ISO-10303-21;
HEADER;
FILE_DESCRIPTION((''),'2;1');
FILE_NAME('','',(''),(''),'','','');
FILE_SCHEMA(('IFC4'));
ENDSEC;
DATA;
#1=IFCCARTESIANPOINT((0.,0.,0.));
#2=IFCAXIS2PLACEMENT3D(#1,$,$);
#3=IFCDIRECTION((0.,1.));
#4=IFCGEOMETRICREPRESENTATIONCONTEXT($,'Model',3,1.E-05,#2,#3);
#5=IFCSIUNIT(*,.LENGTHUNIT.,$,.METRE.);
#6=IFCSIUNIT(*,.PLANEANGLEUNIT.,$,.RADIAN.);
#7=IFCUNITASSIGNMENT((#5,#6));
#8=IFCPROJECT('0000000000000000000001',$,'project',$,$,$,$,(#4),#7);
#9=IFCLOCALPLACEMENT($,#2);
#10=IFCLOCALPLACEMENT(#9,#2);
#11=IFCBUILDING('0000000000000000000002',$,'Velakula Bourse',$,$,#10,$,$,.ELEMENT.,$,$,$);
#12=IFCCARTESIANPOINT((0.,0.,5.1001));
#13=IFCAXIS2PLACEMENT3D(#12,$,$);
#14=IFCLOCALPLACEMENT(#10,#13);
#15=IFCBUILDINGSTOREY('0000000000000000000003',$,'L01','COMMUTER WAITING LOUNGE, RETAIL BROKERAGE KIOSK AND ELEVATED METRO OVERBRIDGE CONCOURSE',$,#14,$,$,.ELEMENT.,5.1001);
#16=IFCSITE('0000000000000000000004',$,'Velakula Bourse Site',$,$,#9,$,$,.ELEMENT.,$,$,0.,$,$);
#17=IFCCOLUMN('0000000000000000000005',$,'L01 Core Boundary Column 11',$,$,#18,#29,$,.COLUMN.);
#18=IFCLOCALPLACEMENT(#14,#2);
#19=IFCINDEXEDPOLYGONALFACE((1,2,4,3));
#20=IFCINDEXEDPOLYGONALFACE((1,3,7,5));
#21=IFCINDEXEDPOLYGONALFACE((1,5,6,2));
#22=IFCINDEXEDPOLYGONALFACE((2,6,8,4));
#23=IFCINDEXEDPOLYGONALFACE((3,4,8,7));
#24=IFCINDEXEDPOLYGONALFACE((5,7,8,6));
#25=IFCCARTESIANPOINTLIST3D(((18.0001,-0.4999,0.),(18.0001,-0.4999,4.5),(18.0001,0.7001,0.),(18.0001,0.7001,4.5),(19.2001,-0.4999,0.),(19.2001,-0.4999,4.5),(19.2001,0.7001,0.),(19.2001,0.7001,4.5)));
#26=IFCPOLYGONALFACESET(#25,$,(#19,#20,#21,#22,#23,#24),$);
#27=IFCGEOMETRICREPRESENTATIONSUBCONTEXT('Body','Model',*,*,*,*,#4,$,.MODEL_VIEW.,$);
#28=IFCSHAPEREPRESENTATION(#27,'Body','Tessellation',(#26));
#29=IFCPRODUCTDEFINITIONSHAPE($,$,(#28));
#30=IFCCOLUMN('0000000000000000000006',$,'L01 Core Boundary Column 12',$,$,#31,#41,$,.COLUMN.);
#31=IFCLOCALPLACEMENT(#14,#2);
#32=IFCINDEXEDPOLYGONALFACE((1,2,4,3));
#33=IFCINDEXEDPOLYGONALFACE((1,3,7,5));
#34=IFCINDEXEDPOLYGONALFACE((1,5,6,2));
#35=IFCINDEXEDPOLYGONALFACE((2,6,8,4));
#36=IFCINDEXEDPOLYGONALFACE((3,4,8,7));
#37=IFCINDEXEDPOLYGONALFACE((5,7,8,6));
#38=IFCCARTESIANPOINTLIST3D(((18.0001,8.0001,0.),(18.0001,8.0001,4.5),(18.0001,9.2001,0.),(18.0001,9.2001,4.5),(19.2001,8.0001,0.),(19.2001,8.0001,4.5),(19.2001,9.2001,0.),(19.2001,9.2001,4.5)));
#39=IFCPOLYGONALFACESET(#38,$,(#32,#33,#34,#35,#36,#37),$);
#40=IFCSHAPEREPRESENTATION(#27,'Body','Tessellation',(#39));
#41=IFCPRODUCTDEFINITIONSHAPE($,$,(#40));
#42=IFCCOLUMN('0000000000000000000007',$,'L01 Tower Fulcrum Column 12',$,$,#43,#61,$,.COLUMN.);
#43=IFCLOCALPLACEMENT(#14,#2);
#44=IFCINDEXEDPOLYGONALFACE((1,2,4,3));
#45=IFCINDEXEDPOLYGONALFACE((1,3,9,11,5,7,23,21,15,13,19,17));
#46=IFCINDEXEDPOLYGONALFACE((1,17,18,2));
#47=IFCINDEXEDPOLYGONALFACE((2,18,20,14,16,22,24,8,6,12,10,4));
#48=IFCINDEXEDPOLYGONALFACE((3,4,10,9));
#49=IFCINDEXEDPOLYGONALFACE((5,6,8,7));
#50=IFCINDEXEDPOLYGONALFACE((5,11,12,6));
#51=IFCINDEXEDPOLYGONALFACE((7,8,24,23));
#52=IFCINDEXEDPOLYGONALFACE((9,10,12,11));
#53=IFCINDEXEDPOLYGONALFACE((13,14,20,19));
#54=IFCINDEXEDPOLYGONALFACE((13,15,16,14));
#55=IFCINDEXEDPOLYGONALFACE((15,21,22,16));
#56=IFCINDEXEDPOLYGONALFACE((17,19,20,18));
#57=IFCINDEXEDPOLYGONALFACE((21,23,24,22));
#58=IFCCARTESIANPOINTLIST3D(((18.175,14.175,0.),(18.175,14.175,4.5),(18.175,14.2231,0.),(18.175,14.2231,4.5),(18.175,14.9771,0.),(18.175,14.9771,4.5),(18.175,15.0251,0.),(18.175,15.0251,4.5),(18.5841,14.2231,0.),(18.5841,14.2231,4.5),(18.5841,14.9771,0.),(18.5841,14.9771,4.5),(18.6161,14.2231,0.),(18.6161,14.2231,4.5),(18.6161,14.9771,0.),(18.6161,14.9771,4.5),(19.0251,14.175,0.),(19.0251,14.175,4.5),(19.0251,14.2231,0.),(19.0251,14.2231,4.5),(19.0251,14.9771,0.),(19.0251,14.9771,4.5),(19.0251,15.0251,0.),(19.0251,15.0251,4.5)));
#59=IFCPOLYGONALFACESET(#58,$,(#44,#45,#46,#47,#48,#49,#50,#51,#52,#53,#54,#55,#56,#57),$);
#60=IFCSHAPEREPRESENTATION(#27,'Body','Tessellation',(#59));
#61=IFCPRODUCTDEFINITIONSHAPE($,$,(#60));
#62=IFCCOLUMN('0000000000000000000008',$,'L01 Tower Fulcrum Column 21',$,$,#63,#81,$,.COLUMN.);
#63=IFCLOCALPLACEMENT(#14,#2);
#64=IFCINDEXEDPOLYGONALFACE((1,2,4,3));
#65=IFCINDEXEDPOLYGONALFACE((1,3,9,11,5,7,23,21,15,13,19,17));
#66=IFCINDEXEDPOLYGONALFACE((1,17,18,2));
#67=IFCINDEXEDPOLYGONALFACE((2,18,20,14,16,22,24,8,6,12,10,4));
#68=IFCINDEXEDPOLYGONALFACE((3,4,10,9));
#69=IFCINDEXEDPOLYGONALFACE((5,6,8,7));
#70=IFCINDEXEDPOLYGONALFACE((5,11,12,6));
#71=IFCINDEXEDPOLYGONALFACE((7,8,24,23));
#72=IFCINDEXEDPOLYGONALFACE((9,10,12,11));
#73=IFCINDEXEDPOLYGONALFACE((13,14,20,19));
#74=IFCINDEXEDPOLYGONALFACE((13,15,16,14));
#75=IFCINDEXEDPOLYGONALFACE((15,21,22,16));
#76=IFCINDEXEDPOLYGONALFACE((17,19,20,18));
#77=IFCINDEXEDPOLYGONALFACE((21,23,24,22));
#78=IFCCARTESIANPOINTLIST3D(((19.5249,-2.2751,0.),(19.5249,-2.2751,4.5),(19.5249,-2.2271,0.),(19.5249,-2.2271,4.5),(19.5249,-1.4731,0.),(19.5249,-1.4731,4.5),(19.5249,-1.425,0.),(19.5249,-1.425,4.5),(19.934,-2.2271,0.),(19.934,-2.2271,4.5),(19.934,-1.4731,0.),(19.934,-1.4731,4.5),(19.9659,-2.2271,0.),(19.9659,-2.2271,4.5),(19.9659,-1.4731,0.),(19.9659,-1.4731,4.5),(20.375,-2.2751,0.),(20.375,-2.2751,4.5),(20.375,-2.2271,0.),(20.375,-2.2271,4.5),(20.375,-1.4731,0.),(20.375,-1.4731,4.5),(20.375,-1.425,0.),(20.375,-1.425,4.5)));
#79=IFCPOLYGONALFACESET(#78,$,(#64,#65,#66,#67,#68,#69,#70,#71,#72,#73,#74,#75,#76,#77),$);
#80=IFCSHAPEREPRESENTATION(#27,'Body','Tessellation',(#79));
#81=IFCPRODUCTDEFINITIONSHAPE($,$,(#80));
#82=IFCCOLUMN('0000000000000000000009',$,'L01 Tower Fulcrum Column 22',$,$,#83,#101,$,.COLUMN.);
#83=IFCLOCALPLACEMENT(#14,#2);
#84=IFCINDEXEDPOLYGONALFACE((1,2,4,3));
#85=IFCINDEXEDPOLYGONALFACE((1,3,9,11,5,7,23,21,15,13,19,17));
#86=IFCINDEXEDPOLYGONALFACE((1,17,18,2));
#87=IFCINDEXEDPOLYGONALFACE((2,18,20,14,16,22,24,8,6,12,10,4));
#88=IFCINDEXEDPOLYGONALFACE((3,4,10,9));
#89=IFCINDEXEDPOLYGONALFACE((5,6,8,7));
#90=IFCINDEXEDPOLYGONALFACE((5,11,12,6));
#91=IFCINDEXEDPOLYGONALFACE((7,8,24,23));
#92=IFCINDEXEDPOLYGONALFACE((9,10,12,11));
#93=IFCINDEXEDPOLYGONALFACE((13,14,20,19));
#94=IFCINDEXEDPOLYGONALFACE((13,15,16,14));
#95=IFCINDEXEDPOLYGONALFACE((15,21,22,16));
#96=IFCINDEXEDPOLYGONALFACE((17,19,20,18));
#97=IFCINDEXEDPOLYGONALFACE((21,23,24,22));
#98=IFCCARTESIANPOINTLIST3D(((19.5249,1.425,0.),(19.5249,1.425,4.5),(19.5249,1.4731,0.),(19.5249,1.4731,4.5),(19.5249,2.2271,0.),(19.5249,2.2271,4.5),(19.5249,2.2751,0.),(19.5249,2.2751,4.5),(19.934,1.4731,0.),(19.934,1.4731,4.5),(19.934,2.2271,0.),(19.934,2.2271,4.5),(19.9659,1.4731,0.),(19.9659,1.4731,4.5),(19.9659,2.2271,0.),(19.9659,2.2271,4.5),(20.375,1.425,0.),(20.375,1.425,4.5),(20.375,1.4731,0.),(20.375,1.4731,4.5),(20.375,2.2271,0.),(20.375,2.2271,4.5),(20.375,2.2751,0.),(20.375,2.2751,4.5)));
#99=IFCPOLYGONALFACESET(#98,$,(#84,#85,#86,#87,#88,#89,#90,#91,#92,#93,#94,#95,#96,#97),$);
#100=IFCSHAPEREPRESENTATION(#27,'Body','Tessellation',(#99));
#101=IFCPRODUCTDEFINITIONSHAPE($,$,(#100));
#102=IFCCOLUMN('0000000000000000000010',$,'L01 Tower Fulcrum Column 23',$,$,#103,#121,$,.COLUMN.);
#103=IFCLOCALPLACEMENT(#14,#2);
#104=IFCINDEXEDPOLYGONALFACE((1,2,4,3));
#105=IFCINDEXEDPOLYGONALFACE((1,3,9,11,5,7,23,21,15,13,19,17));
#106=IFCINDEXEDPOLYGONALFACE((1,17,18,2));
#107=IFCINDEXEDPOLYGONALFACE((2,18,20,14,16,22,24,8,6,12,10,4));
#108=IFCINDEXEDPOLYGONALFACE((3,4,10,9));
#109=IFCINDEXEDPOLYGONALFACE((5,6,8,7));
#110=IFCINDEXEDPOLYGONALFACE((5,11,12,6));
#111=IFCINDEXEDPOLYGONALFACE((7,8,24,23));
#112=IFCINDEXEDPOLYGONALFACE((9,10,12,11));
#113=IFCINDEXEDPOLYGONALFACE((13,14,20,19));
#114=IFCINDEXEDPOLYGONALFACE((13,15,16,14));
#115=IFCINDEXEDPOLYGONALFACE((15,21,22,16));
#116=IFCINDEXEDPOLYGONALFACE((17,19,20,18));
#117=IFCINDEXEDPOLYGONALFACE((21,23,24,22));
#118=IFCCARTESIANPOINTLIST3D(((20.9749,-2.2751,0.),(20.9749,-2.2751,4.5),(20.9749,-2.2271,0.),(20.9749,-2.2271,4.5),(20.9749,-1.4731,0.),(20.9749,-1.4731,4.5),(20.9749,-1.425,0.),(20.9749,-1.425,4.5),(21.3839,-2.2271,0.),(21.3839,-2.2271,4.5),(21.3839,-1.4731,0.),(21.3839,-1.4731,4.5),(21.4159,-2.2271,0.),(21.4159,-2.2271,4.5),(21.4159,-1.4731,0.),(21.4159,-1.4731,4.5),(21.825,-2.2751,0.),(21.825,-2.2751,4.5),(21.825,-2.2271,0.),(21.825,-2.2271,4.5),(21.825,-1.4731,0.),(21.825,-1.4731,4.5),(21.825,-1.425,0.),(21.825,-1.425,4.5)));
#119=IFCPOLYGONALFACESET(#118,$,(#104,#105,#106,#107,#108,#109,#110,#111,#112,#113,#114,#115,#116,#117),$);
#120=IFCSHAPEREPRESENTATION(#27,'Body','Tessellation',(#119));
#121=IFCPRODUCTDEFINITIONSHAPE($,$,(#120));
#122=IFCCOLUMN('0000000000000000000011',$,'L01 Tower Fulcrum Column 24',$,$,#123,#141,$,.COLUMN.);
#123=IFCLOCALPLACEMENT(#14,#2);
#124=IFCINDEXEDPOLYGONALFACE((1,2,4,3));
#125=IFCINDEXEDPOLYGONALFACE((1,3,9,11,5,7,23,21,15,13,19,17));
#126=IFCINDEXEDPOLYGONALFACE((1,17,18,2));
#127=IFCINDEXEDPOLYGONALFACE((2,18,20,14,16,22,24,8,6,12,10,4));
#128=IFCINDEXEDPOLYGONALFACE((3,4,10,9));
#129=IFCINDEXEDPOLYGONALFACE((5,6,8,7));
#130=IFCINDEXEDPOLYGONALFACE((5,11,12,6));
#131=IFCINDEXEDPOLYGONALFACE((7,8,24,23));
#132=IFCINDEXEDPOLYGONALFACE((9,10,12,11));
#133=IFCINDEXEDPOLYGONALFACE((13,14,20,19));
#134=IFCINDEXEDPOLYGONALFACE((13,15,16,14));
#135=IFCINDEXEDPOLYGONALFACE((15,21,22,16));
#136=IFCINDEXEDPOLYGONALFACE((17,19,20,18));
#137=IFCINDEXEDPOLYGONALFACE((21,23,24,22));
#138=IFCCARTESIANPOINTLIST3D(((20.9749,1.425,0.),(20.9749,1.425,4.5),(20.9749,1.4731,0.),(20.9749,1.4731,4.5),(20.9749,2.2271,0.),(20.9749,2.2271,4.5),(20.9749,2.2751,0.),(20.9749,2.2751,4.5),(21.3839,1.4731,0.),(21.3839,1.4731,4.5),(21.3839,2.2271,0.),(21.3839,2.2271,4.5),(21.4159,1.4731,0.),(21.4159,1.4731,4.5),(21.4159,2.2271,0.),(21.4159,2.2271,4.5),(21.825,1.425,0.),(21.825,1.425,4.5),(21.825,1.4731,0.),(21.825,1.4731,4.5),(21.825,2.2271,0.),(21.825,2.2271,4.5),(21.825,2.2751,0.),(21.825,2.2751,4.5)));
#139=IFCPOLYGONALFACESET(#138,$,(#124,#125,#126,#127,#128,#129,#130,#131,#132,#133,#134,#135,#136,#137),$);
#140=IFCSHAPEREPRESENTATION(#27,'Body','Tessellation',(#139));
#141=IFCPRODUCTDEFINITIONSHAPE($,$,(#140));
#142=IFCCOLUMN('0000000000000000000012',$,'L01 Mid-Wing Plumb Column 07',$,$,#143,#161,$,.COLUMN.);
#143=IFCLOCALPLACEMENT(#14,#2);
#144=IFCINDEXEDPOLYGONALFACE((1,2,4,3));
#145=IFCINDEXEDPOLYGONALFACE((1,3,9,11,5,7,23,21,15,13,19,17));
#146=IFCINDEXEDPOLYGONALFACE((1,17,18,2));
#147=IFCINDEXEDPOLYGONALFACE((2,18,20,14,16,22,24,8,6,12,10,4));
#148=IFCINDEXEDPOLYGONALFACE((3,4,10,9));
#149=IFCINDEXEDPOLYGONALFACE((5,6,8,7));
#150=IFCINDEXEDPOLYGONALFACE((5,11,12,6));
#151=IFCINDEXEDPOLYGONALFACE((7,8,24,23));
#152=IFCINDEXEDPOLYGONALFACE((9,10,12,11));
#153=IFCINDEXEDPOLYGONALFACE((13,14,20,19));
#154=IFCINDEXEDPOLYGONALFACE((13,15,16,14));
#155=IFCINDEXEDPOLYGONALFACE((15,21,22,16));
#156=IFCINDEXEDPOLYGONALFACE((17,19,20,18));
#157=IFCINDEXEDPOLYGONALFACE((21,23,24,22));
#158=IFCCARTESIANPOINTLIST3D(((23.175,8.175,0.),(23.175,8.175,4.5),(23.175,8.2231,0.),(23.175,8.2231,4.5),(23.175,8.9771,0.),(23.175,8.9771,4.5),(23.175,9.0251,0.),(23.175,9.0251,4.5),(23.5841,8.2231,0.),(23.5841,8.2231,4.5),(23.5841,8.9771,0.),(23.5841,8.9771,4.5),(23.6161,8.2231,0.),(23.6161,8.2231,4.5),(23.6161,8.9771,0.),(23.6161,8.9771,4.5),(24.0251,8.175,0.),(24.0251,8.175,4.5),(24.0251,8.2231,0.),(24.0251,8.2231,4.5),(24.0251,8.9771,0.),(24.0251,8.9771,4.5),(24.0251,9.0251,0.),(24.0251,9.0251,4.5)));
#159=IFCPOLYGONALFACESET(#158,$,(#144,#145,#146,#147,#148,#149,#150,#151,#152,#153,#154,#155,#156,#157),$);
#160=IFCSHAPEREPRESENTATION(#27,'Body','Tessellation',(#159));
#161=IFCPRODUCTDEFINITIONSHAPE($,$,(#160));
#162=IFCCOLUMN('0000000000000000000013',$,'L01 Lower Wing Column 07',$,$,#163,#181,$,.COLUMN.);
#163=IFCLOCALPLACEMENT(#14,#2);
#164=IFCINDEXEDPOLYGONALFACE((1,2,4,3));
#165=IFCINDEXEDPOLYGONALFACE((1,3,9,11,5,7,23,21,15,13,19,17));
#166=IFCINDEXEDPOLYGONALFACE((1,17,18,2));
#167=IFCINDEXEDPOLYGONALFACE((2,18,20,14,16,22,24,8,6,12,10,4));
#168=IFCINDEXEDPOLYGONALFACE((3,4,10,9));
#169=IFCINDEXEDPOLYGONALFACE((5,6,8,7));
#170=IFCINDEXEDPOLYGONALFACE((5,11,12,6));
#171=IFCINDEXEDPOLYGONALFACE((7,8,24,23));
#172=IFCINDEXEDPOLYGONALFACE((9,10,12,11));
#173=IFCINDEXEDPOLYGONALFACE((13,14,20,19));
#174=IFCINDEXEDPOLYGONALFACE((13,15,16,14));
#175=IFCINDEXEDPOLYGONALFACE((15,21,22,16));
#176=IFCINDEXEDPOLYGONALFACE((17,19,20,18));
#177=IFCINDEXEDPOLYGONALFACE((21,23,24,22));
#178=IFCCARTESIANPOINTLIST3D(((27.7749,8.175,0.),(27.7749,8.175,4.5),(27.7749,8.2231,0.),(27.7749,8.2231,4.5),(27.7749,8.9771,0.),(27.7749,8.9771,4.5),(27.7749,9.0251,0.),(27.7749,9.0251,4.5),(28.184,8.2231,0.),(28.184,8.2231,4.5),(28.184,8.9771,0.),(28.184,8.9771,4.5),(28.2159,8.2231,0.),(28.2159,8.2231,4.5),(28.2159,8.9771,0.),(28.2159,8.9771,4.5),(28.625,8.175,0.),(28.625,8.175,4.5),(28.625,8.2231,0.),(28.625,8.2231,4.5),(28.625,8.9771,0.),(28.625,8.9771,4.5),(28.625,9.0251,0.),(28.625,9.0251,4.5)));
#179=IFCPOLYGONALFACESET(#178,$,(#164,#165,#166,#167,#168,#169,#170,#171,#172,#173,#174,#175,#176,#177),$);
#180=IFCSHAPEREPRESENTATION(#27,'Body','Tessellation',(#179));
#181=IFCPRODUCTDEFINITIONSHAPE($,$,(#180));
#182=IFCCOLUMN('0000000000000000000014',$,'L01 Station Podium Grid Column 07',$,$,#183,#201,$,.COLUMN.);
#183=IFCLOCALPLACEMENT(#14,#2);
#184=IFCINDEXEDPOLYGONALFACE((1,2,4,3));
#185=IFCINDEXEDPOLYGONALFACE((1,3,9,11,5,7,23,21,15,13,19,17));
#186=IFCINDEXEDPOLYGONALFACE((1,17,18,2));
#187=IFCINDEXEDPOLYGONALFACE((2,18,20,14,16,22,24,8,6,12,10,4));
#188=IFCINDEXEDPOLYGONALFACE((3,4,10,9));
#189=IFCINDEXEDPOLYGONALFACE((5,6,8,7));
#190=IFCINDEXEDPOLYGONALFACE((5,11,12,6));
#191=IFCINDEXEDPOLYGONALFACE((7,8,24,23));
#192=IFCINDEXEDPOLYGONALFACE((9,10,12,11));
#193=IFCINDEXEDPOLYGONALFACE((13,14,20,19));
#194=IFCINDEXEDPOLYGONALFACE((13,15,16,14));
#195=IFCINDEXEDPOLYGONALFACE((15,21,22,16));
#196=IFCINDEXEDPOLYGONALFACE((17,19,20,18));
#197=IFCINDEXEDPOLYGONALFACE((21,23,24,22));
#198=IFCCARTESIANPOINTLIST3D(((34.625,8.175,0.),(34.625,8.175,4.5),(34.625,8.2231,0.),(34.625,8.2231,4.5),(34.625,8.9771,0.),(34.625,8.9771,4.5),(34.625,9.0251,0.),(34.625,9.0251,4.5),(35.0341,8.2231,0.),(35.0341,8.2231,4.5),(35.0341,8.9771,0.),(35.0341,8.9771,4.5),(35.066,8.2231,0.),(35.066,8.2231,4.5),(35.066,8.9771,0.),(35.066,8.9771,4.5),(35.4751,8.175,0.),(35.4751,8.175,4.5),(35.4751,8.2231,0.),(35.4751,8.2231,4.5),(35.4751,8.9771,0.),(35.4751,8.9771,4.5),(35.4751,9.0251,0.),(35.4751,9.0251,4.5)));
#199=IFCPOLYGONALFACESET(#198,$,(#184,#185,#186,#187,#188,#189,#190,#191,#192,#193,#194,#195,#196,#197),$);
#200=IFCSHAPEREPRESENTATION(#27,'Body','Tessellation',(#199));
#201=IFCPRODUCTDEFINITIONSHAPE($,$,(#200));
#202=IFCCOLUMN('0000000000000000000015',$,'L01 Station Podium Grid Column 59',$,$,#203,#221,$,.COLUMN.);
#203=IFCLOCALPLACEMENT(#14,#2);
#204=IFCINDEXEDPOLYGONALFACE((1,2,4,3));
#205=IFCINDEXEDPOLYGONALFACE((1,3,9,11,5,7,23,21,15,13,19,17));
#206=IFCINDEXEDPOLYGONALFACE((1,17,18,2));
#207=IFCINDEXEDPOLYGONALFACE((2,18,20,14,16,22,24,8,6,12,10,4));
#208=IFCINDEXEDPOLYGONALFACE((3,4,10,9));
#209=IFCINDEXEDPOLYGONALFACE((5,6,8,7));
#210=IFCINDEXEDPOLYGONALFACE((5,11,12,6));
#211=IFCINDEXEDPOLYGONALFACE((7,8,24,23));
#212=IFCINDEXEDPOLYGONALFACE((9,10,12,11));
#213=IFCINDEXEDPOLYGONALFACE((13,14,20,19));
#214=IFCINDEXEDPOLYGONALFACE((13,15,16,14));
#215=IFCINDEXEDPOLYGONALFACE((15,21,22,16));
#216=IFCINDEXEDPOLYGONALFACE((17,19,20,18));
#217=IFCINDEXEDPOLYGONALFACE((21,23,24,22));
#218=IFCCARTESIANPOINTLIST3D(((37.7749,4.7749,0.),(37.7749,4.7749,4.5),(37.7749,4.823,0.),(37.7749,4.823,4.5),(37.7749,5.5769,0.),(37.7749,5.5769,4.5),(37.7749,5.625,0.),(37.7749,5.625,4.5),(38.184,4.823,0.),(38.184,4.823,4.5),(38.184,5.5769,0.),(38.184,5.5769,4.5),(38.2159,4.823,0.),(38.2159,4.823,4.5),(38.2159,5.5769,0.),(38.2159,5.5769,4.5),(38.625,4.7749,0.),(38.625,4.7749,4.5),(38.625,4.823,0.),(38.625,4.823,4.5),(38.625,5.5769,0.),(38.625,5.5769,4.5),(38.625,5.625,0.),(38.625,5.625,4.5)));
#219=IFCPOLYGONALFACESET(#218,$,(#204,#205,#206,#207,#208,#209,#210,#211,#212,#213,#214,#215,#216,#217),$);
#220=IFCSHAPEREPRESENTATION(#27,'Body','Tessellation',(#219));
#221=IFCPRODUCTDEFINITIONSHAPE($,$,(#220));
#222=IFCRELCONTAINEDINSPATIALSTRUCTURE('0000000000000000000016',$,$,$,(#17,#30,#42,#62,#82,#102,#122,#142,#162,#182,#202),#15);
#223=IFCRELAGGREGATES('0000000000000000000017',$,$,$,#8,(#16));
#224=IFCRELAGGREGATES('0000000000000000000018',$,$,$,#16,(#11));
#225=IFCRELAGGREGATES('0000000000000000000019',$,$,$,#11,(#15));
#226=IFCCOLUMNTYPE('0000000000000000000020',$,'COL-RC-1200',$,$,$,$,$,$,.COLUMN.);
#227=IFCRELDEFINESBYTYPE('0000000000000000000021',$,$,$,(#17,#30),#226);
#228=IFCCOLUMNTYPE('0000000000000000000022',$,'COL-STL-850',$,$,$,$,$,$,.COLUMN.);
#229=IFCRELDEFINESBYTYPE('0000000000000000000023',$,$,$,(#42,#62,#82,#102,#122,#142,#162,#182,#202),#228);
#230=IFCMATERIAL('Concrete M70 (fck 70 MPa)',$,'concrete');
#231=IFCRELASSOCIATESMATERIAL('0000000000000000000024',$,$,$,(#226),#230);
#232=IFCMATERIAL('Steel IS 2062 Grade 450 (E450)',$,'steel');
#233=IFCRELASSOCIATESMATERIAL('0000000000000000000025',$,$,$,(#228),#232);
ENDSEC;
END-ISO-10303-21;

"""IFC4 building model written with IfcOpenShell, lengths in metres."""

from ifc_helpers import new_model, si_unit, direction, frame, origin, origin_2d, place, context, subcontext, project, spatial, rectangle, i_section, extrude, material, material_profile, profile_set, type_object, element, save


model = new_model("IFC4")

# Units and contexts
model_context = context("Model", 3, precision=1e-05, world=origin(), true_north=direction((0.0, 1.0)))
body_context = subcontext(model_context, "Body", "Model", "MODEL_VIEW")
ifc_project = project(units=[si_unit("LENGTHUNIT", "METRE"), si_unit("PLANEANGLEUNIT", "RADIAN")], contexts=[model_context])

# Site, building, storey
site_placement = place(None, origin())
site = spatial("IfcSite", under=ifc_project, at=site_placement, Name="Velakula Bourse Site", CompositionType="ELEMENT", RefElevation=0.0)
building_placement = place(site_placement, origin())
building = spatial("IfcBuilding", under=site, at=building_placement, Name="Velakula Bourse", CompositionType="ELEMENT")
storey_placement = place(building_placement, frame((0.0, 0.0, 5.1001)))
storey = spatial("IfcBuildingStorey", under=building, at=storey_placement, Name="L01", Description="COMMUTER WAITING LOUNGE, RETAIL BROKERAGE KIOSK AND ELEVATED METRO OVERBRIDGE CONCOURSE", CompositionType="ELEMENT", Elevation=5.1001)

# Columns
ifc_material_1 = material(Name="Concrete M70 (fck 70 MPa)", Category="concrete")
ifc_material_profile_1 = material_profile(ifc_material_1, rectangle(XDim=1.2, YDim=1.2, at=origin_2d()), Name="Concrete M70 (fck 70 MPa)")
ifc_profile_set_1 = profile_set([ifc_material_profile_1], Name="Concrete M70 (fck 70 MPa)")
column_type_1 = type_object("IfcColumnType", Name="COL-RC-1200", PredefinedType="COLUMN", material=ifc_profile_set_1)
for number, where, z_axis, x_axis, name in (
    (1, (18.6001, 0.1001, 0.0), (0.0, 0.0, 1.0), (1.0, 0.0, 0.0), "L01 Core Boundary Column 11"),
    (2, (18.6001, 8.6001, 0.0), (0.0, 0.0, 1.0), (1.0, 0.0, 0.0), "L01 Core Boundary Column 12"),
):
    element("IfcColumn", number, at=place(storey_placement, frame(where, z_axis=z_axis, x_axis=x_axis)), inside=storey, type_object=column_type_1, Name=name, PredefinedType="COLUMN", context=body_context, shape_type="SweptSolid", body=[
        extrude(rectangle(XDim=1.2, YDim=1.2, at=origin_2d()), origin(), (0.0, 0.0, 1.0), 4.5),
    ])
ifc_material_2 = material(Name="Steel IS 2062 Grade 450 (E450)", Category="steel")
ifc_material_profile_2 = material_profile(ifc_material_2, i_section(OverallWidth=0.8501, OverallDepth=0.8501, WebThickness=0.032, FlangeThickness=0.0481, at=origin_2d()), Name="Steel IS 2062 Grade 450 (E450)")
ifc_profile_set_2 = profile_set([ifc_material_profile_2], Name="Steel IS 2062 Grade 450 (E450)")
column_type_2 = type_object("IfcColumnType", Name="COL-STL-850", PredefinedType="COLUMN", material=ifc_profile_set_2)
for number, where, z_axis, x_axis, name in (
    (3, (18.6001, 14.6001, 0.0), (0.0, 0.0, 1.0), (1.0, 0.0, 0.0), "L01 Tower Fulcrum Column 12"),
    (4, (19.95, -1.8501, 0.0), (0.0, 0.0, 1.0), (1.0, 0.0, 0.0), "L01 Tower Fulcrum Column 21"),
    (5, (19.95, 1.8501, 0.0), (0.0, 0.0, 1.0), (1.0, 0.0, 0.0), "L01 Tower Fulcrum Column 22"),
    (6, (21.3999, -1.8501, 0.0), (0.0, 0.0, 1.0), (1.0, 0.0, 0.0), "L01 Tower Fulcrum Column 23"),
    (7, (21.3999, 1.8501, 0.0), (0.0, 0.0, 1.0), (1.0, 0.0, 0.0), "L01 Tower Fulcrum Column 24"),
    (8, (23.6001, 8.6001, 0.0), (0.0, 0.0, 1.0), (1.0, 0.0, 0.0), "L01 Mid-Wing Plumb Column 07"),
    (9, (28.2, 8.6001, 0.0), (0.0, 0.0, 1.0), (1.0, 0.0, 0.0), "L01 Lower Wing Column 07"),
    (10, (35.05, 8.6001, 0.0), (0.0, 0.0, 1.0), (1.0, 0.0, 0.0), "L01 Station Podium Grid Column 07"),
    (11, (38.2, 5.2, 0.0), (0.0, 0.0, 1.0), (1.0, 0.0, 0.0), "L01 Station Podium Grid Column 59"),
):
    element("IfcColumn", number, at=place(storey_placement, frame(where, z_axis=z_axis, x_axis=x_axis)), inside=storey, type_object=column_type_2, Name=name, PredefinedType="COLUMN", context=body_context, shape_type="SweptSolid", body=[
        extrude(i_section(OverallWidth=0.8501, OverallDepth=0.8501, WebThickness=0.032, FlangeThickness=0.0481, at=origin_2d()), origin(), (0.0, 0.0, 1.0), 4.5),
    ])

save(model, "model.ifc")
